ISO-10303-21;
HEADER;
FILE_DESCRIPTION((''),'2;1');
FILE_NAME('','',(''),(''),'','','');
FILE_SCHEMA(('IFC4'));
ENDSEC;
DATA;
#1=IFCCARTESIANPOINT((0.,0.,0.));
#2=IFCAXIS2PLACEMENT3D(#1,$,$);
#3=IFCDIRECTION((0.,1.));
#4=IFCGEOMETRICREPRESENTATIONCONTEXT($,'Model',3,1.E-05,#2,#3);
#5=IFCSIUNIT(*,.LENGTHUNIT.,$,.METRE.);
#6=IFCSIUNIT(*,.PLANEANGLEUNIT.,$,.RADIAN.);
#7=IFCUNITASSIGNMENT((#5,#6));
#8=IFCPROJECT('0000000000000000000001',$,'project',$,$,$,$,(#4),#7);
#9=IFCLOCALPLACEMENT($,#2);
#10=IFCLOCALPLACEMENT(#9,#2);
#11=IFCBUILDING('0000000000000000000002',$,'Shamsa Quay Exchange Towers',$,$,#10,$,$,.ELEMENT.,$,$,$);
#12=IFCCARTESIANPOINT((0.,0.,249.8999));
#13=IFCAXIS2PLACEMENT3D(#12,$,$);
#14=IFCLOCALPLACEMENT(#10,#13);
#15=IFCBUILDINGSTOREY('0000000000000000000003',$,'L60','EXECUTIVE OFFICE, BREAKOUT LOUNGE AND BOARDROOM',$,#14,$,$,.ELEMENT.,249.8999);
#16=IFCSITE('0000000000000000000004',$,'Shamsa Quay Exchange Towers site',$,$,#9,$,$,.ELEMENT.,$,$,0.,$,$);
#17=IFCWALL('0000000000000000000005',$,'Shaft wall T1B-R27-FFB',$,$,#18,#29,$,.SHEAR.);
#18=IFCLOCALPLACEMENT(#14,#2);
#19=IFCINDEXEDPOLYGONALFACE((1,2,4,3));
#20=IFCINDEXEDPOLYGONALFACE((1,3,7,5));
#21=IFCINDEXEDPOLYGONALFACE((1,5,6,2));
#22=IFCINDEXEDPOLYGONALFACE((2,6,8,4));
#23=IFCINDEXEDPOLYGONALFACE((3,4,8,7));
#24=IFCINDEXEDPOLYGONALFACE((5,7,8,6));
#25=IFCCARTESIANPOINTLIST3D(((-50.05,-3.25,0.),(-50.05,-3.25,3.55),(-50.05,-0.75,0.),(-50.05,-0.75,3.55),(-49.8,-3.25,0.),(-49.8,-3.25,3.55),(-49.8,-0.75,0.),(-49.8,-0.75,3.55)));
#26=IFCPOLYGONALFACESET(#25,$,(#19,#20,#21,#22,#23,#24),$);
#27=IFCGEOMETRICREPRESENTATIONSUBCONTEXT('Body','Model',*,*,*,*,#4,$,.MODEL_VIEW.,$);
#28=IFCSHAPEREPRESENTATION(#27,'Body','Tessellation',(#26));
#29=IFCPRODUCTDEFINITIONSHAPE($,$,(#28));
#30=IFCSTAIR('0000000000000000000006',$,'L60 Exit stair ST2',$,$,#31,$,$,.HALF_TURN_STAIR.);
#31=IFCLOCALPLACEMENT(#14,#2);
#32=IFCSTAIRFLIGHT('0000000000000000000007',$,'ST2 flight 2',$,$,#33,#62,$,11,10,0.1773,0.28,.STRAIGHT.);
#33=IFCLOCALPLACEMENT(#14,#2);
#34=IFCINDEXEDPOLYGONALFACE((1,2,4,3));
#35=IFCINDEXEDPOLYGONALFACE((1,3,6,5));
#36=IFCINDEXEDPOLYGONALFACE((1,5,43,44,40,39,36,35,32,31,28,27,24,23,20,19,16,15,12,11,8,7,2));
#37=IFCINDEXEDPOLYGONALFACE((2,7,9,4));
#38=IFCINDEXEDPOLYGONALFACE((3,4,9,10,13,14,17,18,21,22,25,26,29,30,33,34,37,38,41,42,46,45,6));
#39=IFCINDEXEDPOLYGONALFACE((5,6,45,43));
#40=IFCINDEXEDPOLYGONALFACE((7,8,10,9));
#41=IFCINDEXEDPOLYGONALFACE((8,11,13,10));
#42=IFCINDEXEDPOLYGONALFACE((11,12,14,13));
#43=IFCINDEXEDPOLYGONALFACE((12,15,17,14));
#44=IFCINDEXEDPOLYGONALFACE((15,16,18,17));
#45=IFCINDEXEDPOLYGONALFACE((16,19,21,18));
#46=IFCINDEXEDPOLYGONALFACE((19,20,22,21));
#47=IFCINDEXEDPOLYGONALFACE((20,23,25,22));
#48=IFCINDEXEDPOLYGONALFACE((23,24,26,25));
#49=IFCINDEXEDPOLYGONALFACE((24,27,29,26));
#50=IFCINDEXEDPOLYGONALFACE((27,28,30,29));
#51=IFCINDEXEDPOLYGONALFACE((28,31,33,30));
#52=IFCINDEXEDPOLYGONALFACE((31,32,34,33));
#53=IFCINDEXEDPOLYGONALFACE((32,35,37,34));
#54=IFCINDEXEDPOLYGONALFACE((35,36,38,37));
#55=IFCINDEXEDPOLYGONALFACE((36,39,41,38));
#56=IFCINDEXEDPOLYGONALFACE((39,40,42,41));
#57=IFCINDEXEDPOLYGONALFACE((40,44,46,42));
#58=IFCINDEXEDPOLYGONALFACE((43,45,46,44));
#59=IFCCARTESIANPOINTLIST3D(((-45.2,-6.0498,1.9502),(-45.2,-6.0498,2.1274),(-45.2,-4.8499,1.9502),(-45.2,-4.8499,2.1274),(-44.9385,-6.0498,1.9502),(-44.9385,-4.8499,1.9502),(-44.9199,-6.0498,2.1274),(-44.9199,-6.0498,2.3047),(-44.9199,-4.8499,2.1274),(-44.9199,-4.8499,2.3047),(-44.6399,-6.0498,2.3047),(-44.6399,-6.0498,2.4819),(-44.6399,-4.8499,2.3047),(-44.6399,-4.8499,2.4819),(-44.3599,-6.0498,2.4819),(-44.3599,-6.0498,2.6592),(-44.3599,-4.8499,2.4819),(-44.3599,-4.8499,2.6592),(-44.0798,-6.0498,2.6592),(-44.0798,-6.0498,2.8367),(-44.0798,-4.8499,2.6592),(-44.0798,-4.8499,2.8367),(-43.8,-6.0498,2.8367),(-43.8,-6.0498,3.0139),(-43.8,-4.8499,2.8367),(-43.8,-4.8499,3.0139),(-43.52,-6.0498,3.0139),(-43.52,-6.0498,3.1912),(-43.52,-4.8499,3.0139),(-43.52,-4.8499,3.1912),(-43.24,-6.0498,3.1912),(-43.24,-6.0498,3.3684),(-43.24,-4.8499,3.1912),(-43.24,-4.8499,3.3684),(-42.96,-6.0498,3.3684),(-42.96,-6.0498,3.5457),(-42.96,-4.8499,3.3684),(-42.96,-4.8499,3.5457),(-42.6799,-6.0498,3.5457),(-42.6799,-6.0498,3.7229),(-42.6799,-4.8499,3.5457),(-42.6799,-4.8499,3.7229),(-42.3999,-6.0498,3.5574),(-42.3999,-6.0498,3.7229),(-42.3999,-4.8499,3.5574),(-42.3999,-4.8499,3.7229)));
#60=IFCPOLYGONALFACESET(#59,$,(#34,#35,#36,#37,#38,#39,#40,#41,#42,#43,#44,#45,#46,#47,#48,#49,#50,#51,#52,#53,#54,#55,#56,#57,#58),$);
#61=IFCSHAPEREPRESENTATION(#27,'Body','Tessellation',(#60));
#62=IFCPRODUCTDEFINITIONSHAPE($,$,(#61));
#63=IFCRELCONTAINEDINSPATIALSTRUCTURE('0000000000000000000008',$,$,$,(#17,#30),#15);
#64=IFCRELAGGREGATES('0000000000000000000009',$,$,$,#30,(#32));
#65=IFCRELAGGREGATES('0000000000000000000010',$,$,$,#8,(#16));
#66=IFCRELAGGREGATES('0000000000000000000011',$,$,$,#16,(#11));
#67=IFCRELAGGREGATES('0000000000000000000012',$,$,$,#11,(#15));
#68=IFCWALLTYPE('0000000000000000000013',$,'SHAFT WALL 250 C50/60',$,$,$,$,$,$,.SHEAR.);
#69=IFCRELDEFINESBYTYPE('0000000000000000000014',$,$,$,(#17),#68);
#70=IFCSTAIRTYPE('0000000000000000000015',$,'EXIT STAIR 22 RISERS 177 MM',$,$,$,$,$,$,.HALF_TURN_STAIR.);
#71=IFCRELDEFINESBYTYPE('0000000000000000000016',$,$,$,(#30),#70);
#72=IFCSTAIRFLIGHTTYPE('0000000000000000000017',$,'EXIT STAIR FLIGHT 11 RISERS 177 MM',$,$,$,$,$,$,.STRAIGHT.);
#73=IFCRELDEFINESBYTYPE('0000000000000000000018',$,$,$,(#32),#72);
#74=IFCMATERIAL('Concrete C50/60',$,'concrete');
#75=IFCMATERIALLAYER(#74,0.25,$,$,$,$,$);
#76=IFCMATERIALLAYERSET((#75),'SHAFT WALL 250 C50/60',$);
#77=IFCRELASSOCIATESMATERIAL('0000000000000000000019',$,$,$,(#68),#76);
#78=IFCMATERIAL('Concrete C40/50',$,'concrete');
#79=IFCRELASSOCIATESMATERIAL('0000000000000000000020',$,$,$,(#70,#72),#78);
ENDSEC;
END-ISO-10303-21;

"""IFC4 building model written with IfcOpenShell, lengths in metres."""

from ifc_helpers import new_model, si_unit, direction, frame, frame_2d, origin, place, context, subcontext, project, spatial, polyline, rectangle, outline, extrude, material, layer, layer_set, type_object, element, aggregate, save


model = new_model("IFC4")

# Units and contexts
model_context = context("Model", 3, precision=1e-05, world=origin(), true_north=direction((0.0, 1.0)))
body_context = subcontext(model_context, "Body", "Model", "MODEL_VIEW")
ifc_project = project(units=[si_unit("LENGTHUNIT", "METRE"), si_unit("PLANEANGLEUNIT", "RADIAN")], contexts=[model_context])

# Site, building, storey
site_placement = place(None, origin())
site = spatial("IfcSite", under=ifc_project, at=site_placement, Name="Shamsa Quay Exchange Towers site", CompositionType="ELEMENT", RefElevation=0.0)
building_placement = place(site_placement, origin())
building = spatial("IfcBuilding", under=site, at=building_placement, Name="Shamsa Quay Exchange Towers", CompositionType="ELEMENT")
storey_placement = place(building_placement, frame((0.0, 0.0, 249.8999)))
storey = spatial("IfcBuildingStorey", under=building, at=storey_placement, Name="L60", Description="EXECUTIVE OFFICE, BREAKOUT LOUNGE AND BOARDROOM", CompositionType="ELEMENT", Elevation=249.8999)

# Shared definitions
ifc_material_1 = material(Name="Concrete C50/60", Category="concrete")
ifc_layer_1 = layer(ifc_material_1, 0.25)
ifc_layer_set_1 = layer_set([ifc_layer_1], Name="SHAFT WALL 250 C50/60")
wall_type_1 = type_object("IfcWallType", Name="SHAFT WALL 250 C50/60", PredefinedType="SHEAR", material=ifc_layer_set_1)

# Wall
wall_1_placement = place(storey_placement, frame((-49.925, -3.25, 0.0), z_axis=(0.0, 0.0, 1.0), x_axis=(0.0, 1.0, 0.0)))
element("IfcWall", 1, at=wall_1_placement, inside=storey, type_object=wall_type_1, Name="Shaft wall T1B-R27-FFB", PredefinedType="SHEAR", context=body_context, shape_type="SweptSolid", body=[
    extrude(rectangle(XDim=2.5, YDim=0.25, at=frame_2d((1.25, 0.0))), origin(), (0.0, 0.0, 1.0), 3.55),
])

# Stair, stair flight
ifc_material_2 = material(Name="Concrete C40/50", Category="concrete")
stair_type = type_object("IfcStairType", Name="EXIT STAIR 22 RISERS 177 MM", PredefinedType="HALF_TURN_STAIR", material=ifc_material_2)
stair_placement = place(storey_placement, origin())
stair = element("IfcStair", 2, at=stair_placement, inside=storey, type_object=stair_type, Name="L60 Exit stair ST2", PredefinedType="HALF_TURN_STAIR")
stair_flight_type = type_object("IfcStairFlightType", Name="EXIT STAIR FLIGHT 11 RISERS 177 MM", PredefinedType="STRAIGHT", material=ifc_material_2)
stair_flight_placement = place(storey_placement, frame((-45.2, -5.45, 1.9502)))
stair_flight = element("IfcStairFlight", 3, at=stair_flight_placement, type_object=stair_flight_type, Name="ST2 flight 2", NumberOfRisers=11, NumberOfTreads=10, PredefinedType="STRAIGHT", RiserHeight=0.1773, TreadLength=0.28, context=body_context, shape_type="SweptSolid", body=[
    extrude(outline(polyline([(0.0, 0.0), (0.0, 0.1772), (0.28, 0.1772), (0.28, 0.3545), (0.5601, 0.3545), (0.5601, 0.5317), (0.8401, 0.5317), (0.8401, 0.709), (1.1201, 0.709), (1.1201, 0.8865), (1.3999, 0.8865), (1.3999, 1.0637), (1.6799, 1.0637), (1.6799, 1.241), (1.96, 1.241), (1.96, 1.4182), (2.24, 1.4182), (2.24, 1.5955), (2.52, 1.5955), (2.52, 1.7727), (2.8, 1.7727), (2.8, 1.95), (2.8, 1.6072), (0.2615, 0.0), (0.0, 0.0)])), frame((0.0, 0.6001, 0.0), z_axis=(0.0, -1.0, 0.0), x_axis=(1.0, 0.0, 0.0)), (0.0, 0.0, 1.0), 1.2),
])
aggregate(stair, [stair_flight])

save(model, "model.ifc")
